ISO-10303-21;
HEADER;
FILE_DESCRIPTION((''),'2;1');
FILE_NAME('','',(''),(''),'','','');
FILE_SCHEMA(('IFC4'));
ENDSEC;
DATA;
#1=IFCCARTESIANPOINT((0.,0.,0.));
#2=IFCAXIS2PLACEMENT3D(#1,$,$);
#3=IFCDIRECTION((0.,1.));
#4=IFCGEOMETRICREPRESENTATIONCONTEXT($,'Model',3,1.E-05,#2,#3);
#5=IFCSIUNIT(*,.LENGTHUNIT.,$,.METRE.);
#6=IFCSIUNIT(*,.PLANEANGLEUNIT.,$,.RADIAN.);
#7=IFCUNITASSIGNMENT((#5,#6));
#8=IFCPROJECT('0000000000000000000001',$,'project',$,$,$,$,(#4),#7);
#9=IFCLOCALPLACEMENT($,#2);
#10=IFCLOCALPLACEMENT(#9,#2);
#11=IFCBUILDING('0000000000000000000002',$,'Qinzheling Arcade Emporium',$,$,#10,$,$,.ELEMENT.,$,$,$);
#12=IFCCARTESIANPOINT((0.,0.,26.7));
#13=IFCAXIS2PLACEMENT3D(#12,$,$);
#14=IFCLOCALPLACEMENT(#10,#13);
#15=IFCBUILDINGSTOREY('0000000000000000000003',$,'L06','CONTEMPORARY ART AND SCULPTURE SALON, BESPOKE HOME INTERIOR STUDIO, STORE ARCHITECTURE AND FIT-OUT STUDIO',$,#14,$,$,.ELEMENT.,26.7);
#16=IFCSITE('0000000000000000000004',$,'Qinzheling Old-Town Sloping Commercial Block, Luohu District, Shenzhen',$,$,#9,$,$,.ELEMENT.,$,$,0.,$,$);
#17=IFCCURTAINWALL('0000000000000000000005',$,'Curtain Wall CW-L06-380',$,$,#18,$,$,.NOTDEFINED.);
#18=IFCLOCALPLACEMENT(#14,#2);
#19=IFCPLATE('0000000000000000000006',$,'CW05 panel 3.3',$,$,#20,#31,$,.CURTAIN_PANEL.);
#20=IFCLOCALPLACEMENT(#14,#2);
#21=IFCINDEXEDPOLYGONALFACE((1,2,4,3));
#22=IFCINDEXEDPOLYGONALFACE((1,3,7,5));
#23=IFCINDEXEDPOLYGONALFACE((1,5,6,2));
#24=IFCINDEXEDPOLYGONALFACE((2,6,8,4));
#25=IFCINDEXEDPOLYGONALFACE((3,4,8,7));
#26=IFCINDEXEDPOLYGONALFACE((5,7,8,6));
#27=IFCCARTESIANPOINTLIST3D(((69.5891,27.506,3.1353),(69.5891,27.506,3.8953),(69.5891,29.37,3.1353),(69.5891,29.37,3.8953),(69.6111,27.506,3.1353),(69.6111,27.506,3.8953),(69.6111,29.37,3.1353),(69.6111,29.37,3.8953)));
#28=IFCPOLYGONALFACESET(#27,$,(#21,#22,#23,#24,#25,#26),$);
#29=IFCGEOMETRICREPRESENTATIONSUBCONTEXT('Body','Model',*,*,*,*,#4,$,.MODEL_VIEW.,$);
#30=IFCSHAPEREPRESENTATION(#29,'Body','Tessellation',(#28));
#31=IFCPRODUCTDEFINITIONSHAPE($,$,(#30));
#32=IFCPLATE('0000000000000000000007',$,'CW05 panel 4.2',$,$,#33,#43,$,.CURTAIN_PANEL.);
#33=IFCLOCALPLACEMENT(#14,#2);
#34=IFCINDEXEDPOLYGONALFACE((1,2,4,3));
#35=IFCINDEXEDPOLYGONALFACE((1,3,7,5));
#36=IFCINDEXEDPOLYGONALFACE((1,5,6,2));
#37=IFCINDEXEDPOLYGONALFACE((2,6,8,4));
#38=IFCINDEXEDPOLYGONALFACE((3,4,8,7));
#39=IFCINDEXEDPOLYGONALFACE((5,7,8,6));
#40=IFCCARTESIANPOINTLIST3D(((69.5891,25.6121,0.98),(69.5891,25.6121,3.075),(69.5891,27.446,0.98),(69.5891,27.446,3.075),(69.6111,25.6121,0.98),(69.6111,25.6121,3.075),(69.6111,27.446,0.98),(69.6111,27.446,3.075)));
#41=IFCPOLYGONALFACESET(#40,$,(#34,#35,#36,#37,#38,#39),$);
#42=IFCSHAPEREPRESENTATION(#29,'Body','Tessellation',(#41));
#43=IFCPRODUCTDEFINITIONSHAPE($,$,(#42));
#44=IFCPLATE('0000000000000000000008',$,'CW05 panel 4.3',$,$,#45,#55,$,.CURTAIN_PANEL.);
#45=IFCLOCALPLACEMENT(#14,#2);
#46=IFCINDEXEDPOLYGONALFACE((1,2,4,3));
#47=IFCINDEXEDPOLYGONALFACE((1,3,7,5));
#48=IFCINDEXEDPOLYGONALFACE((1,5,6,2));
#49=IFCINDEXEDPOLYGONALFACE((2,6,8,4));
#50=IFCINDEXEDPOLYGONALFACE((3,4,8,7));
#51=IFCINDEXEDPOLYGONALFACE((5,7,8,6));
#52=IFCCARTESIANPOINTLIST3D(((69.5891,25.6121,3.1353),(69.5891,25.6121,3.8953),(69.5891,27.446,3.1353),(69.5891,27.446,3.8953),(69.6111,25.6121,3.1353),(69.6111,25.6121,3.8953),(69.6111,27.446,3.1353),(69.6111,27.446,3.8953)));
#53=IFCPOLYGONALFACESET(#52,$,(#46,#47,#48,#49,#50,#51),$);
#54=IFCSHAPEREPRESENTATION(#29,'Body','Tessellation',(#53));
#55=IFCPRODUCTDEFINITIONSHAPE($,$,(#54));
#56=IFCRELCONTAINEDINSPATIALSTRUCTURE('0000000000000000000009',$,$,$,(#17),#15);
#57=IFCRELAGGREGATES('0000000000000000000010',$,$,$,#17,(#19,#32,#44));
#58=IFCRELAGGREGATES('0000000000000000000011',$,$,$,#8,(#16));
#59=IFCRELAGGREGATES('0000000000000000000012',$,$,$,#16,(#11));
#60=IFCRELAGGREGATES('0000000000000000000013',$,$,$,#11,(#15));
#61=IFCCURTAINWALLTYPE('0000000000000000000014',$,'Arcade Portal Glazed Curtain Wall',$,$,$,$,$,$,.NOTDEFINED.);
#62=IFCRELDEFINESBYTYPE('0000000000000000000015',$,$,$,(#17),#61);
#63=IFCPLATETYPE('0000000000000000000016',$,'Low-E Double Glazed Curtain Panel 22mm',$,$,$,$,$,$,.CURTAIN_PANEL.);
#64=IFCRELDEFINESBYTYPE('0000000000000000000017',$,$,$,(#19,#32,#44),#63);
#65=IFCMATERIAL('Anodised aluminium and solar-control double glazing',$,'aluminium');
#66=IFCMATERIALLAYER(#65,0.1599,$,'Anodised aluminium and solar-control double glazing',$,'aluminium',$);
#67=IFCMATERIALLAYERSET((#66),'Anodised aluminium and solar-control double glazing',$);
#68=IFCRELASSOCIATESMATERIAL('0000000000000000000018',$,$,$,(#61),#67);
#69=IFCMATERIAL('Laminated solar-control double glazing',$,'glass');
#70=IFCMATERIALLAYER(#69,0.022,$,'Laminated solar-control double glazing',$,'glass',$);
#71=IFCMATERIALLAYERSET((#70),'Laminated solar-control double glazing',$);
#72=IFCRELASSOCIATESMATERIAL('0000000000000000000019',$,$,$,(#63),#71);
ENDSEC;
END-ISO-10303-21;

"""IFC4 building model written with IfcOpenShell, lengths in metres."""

from ifc_helpers import new_model, si_unit, direction, frame, origin, origin_2d, place, context, subcontext, project, spatial, rectangle, extrude, material, layer, layer_set, type_object, element, aggregate, save


model = new_model("IFC4")

# Units and contexts
model_context = context("Model", 3, precision=1e-05, world=origin(), true_north=direction((0.0, 1.0)))
body_context = subcontext(model_context, "Body", "Model", "MODEL_VIEW")
ifc_project = project(units=[si_unit("LENGTHUNIT", "METRE"), si_unit("PLANEANGLEUNIT", "RADIAN")], contexts=[model_context])

# Site, building, storey
site_placement = place(None, origin())
site = spatial("IfcSite", under=ifc_project, at=site_placement, Name="Qinzheling Old-Town Sloping Commercial Block, Luohu District, Shenzhen", CompositionType="ELEMENT", RefElevation=0.0)
building_placement = place(site_placement, origin())
building = spatial("IfcBuilding", under=site, at=building_placement, Name="Qinzheling Arcade Emporium", CompositionType="ELEMENT")
storey_placement = place(building_placement, frame((0.0, 0.0, 26.7)))
storey = spatial("IfcBuildingStorey", under=building, at=storey_placement, Name="L06", Description="CONTEMPORARY ART AND SCULPTURE SALON, BESPOKE HOME INTERIOR STUDIO, STORE ARCHITECTURE AND FIT-OUT STUDIO", CompositionType="ELEMENT", Elevation=26.7)

# Curtain wall
ifc_material_1 = material(Name="Anodised aluminium and solar-control double glazing", Category="aluminium")
ifc_layer_1 = layer(ifc_material_1, 0.1599, Name="Anodised aluminium and solar-control double glazing", Category="aluminium")
ifc_layer_set_1 = layer_set([ifc_layer_1], Name="Anodised aluminium and solar-control double glazing")
curtain_wall_type_1 = type_object("IfcCurtainWallType", Name="Arcade Portal Glazed Curtain Wall", PredefinedType="NOTDEFINED", material=ifc_layer_set_1)
curtain_wall_1_placement = place(storey_placement, origin())
curtain_wall_1 = element("IfcCurtainWall", 1, at=curtain_wall_1_placement, inside=storey, type_object=curtain_wall_type_1, Name="Curtain Wall CW-L06-380", PredefinedType="NOTDEFINED")

# Plates
ifc_material_2 = material(Name="Laminated solar-control double glazing", Category="glass")
ifc_layer_2 = layer(ifc_material_2, 0.022, Name="Laminated solar-control double glazing", Category="glass")
ifc_layer_set_2 = layer_set([ifc_layer_2], Name="Laminated solar-control double glazing")
plate_type_1 = type_object("IfcPlateType", Name="Low-E Double Glazed Curtain Panel 22mm", PredefinedType="CURTAIN_PANEL", material=ifc_layer_set_2)
plate_1_placement = place(storey_placement, frame((69.6001, 28.438, 3.1353), z_axis=(0.0, 0.0, 1.0), x_axis=(0.0, -1.0, 0.0)))
plate_1 = element("IfcPlate", 2, at=plate_1_placement, type_object=plate_type_1, Name="CW05 panel 3.3", PredefinedType="CURTAIN_PANEL", context=body_context, shape_type="SweptSolid", body=[
    extrude(rectangle(XDim=1.864, YDim=0.022, at=origin_2d()), origin(), (0.0, 0.0, 1.0), 0.76),
])
plate_2_placement = place(storey_placement, frame((69.6001, 26.5291, 0.98), z_axis=(0.0, 0.0, 1.0), x_axis=(0.0, -1.0, 0.0)))
plate_2 = element("IfcPlate", 3, at=plate_2_placement, type_object=plate_type_1, Name="CW05 panel 4.2", PredefinedType="CURTAIN_PANEL", context=body_context, shape_type="SweptSolid", body=[
    extrude(rectangle(XDim=1.834, YDim=0.022, at=origin_2d()), origin(), (0.0, 0.0, 1.0), 2.095),
])
plate_3_placement = place(storey_placement, frame((69.6001, 26.5291, 3.1353), z_axis=(0.0, 0.0, 1.0), x_axis=(0.0, -1.0, 0.0)))
plate_3 = element("IfcPlate", 4, at=plate_3_placement, type_object=plate_type_1, Name="CW05 panel 4.3", PredefinedType="CURTAIN_PANEL", context=body_context, shape_type="SweptSolid", body=[
    extrude(rectangle(XDim=1.834, YDim=0.022, at=origin_2d()), origin(), (0.0, 0.0, 1.0), 0.76),
])
aggregate(curtain_wall_1, [plate_1, plate_2, plate_3])

save(model, "model.ifc")
